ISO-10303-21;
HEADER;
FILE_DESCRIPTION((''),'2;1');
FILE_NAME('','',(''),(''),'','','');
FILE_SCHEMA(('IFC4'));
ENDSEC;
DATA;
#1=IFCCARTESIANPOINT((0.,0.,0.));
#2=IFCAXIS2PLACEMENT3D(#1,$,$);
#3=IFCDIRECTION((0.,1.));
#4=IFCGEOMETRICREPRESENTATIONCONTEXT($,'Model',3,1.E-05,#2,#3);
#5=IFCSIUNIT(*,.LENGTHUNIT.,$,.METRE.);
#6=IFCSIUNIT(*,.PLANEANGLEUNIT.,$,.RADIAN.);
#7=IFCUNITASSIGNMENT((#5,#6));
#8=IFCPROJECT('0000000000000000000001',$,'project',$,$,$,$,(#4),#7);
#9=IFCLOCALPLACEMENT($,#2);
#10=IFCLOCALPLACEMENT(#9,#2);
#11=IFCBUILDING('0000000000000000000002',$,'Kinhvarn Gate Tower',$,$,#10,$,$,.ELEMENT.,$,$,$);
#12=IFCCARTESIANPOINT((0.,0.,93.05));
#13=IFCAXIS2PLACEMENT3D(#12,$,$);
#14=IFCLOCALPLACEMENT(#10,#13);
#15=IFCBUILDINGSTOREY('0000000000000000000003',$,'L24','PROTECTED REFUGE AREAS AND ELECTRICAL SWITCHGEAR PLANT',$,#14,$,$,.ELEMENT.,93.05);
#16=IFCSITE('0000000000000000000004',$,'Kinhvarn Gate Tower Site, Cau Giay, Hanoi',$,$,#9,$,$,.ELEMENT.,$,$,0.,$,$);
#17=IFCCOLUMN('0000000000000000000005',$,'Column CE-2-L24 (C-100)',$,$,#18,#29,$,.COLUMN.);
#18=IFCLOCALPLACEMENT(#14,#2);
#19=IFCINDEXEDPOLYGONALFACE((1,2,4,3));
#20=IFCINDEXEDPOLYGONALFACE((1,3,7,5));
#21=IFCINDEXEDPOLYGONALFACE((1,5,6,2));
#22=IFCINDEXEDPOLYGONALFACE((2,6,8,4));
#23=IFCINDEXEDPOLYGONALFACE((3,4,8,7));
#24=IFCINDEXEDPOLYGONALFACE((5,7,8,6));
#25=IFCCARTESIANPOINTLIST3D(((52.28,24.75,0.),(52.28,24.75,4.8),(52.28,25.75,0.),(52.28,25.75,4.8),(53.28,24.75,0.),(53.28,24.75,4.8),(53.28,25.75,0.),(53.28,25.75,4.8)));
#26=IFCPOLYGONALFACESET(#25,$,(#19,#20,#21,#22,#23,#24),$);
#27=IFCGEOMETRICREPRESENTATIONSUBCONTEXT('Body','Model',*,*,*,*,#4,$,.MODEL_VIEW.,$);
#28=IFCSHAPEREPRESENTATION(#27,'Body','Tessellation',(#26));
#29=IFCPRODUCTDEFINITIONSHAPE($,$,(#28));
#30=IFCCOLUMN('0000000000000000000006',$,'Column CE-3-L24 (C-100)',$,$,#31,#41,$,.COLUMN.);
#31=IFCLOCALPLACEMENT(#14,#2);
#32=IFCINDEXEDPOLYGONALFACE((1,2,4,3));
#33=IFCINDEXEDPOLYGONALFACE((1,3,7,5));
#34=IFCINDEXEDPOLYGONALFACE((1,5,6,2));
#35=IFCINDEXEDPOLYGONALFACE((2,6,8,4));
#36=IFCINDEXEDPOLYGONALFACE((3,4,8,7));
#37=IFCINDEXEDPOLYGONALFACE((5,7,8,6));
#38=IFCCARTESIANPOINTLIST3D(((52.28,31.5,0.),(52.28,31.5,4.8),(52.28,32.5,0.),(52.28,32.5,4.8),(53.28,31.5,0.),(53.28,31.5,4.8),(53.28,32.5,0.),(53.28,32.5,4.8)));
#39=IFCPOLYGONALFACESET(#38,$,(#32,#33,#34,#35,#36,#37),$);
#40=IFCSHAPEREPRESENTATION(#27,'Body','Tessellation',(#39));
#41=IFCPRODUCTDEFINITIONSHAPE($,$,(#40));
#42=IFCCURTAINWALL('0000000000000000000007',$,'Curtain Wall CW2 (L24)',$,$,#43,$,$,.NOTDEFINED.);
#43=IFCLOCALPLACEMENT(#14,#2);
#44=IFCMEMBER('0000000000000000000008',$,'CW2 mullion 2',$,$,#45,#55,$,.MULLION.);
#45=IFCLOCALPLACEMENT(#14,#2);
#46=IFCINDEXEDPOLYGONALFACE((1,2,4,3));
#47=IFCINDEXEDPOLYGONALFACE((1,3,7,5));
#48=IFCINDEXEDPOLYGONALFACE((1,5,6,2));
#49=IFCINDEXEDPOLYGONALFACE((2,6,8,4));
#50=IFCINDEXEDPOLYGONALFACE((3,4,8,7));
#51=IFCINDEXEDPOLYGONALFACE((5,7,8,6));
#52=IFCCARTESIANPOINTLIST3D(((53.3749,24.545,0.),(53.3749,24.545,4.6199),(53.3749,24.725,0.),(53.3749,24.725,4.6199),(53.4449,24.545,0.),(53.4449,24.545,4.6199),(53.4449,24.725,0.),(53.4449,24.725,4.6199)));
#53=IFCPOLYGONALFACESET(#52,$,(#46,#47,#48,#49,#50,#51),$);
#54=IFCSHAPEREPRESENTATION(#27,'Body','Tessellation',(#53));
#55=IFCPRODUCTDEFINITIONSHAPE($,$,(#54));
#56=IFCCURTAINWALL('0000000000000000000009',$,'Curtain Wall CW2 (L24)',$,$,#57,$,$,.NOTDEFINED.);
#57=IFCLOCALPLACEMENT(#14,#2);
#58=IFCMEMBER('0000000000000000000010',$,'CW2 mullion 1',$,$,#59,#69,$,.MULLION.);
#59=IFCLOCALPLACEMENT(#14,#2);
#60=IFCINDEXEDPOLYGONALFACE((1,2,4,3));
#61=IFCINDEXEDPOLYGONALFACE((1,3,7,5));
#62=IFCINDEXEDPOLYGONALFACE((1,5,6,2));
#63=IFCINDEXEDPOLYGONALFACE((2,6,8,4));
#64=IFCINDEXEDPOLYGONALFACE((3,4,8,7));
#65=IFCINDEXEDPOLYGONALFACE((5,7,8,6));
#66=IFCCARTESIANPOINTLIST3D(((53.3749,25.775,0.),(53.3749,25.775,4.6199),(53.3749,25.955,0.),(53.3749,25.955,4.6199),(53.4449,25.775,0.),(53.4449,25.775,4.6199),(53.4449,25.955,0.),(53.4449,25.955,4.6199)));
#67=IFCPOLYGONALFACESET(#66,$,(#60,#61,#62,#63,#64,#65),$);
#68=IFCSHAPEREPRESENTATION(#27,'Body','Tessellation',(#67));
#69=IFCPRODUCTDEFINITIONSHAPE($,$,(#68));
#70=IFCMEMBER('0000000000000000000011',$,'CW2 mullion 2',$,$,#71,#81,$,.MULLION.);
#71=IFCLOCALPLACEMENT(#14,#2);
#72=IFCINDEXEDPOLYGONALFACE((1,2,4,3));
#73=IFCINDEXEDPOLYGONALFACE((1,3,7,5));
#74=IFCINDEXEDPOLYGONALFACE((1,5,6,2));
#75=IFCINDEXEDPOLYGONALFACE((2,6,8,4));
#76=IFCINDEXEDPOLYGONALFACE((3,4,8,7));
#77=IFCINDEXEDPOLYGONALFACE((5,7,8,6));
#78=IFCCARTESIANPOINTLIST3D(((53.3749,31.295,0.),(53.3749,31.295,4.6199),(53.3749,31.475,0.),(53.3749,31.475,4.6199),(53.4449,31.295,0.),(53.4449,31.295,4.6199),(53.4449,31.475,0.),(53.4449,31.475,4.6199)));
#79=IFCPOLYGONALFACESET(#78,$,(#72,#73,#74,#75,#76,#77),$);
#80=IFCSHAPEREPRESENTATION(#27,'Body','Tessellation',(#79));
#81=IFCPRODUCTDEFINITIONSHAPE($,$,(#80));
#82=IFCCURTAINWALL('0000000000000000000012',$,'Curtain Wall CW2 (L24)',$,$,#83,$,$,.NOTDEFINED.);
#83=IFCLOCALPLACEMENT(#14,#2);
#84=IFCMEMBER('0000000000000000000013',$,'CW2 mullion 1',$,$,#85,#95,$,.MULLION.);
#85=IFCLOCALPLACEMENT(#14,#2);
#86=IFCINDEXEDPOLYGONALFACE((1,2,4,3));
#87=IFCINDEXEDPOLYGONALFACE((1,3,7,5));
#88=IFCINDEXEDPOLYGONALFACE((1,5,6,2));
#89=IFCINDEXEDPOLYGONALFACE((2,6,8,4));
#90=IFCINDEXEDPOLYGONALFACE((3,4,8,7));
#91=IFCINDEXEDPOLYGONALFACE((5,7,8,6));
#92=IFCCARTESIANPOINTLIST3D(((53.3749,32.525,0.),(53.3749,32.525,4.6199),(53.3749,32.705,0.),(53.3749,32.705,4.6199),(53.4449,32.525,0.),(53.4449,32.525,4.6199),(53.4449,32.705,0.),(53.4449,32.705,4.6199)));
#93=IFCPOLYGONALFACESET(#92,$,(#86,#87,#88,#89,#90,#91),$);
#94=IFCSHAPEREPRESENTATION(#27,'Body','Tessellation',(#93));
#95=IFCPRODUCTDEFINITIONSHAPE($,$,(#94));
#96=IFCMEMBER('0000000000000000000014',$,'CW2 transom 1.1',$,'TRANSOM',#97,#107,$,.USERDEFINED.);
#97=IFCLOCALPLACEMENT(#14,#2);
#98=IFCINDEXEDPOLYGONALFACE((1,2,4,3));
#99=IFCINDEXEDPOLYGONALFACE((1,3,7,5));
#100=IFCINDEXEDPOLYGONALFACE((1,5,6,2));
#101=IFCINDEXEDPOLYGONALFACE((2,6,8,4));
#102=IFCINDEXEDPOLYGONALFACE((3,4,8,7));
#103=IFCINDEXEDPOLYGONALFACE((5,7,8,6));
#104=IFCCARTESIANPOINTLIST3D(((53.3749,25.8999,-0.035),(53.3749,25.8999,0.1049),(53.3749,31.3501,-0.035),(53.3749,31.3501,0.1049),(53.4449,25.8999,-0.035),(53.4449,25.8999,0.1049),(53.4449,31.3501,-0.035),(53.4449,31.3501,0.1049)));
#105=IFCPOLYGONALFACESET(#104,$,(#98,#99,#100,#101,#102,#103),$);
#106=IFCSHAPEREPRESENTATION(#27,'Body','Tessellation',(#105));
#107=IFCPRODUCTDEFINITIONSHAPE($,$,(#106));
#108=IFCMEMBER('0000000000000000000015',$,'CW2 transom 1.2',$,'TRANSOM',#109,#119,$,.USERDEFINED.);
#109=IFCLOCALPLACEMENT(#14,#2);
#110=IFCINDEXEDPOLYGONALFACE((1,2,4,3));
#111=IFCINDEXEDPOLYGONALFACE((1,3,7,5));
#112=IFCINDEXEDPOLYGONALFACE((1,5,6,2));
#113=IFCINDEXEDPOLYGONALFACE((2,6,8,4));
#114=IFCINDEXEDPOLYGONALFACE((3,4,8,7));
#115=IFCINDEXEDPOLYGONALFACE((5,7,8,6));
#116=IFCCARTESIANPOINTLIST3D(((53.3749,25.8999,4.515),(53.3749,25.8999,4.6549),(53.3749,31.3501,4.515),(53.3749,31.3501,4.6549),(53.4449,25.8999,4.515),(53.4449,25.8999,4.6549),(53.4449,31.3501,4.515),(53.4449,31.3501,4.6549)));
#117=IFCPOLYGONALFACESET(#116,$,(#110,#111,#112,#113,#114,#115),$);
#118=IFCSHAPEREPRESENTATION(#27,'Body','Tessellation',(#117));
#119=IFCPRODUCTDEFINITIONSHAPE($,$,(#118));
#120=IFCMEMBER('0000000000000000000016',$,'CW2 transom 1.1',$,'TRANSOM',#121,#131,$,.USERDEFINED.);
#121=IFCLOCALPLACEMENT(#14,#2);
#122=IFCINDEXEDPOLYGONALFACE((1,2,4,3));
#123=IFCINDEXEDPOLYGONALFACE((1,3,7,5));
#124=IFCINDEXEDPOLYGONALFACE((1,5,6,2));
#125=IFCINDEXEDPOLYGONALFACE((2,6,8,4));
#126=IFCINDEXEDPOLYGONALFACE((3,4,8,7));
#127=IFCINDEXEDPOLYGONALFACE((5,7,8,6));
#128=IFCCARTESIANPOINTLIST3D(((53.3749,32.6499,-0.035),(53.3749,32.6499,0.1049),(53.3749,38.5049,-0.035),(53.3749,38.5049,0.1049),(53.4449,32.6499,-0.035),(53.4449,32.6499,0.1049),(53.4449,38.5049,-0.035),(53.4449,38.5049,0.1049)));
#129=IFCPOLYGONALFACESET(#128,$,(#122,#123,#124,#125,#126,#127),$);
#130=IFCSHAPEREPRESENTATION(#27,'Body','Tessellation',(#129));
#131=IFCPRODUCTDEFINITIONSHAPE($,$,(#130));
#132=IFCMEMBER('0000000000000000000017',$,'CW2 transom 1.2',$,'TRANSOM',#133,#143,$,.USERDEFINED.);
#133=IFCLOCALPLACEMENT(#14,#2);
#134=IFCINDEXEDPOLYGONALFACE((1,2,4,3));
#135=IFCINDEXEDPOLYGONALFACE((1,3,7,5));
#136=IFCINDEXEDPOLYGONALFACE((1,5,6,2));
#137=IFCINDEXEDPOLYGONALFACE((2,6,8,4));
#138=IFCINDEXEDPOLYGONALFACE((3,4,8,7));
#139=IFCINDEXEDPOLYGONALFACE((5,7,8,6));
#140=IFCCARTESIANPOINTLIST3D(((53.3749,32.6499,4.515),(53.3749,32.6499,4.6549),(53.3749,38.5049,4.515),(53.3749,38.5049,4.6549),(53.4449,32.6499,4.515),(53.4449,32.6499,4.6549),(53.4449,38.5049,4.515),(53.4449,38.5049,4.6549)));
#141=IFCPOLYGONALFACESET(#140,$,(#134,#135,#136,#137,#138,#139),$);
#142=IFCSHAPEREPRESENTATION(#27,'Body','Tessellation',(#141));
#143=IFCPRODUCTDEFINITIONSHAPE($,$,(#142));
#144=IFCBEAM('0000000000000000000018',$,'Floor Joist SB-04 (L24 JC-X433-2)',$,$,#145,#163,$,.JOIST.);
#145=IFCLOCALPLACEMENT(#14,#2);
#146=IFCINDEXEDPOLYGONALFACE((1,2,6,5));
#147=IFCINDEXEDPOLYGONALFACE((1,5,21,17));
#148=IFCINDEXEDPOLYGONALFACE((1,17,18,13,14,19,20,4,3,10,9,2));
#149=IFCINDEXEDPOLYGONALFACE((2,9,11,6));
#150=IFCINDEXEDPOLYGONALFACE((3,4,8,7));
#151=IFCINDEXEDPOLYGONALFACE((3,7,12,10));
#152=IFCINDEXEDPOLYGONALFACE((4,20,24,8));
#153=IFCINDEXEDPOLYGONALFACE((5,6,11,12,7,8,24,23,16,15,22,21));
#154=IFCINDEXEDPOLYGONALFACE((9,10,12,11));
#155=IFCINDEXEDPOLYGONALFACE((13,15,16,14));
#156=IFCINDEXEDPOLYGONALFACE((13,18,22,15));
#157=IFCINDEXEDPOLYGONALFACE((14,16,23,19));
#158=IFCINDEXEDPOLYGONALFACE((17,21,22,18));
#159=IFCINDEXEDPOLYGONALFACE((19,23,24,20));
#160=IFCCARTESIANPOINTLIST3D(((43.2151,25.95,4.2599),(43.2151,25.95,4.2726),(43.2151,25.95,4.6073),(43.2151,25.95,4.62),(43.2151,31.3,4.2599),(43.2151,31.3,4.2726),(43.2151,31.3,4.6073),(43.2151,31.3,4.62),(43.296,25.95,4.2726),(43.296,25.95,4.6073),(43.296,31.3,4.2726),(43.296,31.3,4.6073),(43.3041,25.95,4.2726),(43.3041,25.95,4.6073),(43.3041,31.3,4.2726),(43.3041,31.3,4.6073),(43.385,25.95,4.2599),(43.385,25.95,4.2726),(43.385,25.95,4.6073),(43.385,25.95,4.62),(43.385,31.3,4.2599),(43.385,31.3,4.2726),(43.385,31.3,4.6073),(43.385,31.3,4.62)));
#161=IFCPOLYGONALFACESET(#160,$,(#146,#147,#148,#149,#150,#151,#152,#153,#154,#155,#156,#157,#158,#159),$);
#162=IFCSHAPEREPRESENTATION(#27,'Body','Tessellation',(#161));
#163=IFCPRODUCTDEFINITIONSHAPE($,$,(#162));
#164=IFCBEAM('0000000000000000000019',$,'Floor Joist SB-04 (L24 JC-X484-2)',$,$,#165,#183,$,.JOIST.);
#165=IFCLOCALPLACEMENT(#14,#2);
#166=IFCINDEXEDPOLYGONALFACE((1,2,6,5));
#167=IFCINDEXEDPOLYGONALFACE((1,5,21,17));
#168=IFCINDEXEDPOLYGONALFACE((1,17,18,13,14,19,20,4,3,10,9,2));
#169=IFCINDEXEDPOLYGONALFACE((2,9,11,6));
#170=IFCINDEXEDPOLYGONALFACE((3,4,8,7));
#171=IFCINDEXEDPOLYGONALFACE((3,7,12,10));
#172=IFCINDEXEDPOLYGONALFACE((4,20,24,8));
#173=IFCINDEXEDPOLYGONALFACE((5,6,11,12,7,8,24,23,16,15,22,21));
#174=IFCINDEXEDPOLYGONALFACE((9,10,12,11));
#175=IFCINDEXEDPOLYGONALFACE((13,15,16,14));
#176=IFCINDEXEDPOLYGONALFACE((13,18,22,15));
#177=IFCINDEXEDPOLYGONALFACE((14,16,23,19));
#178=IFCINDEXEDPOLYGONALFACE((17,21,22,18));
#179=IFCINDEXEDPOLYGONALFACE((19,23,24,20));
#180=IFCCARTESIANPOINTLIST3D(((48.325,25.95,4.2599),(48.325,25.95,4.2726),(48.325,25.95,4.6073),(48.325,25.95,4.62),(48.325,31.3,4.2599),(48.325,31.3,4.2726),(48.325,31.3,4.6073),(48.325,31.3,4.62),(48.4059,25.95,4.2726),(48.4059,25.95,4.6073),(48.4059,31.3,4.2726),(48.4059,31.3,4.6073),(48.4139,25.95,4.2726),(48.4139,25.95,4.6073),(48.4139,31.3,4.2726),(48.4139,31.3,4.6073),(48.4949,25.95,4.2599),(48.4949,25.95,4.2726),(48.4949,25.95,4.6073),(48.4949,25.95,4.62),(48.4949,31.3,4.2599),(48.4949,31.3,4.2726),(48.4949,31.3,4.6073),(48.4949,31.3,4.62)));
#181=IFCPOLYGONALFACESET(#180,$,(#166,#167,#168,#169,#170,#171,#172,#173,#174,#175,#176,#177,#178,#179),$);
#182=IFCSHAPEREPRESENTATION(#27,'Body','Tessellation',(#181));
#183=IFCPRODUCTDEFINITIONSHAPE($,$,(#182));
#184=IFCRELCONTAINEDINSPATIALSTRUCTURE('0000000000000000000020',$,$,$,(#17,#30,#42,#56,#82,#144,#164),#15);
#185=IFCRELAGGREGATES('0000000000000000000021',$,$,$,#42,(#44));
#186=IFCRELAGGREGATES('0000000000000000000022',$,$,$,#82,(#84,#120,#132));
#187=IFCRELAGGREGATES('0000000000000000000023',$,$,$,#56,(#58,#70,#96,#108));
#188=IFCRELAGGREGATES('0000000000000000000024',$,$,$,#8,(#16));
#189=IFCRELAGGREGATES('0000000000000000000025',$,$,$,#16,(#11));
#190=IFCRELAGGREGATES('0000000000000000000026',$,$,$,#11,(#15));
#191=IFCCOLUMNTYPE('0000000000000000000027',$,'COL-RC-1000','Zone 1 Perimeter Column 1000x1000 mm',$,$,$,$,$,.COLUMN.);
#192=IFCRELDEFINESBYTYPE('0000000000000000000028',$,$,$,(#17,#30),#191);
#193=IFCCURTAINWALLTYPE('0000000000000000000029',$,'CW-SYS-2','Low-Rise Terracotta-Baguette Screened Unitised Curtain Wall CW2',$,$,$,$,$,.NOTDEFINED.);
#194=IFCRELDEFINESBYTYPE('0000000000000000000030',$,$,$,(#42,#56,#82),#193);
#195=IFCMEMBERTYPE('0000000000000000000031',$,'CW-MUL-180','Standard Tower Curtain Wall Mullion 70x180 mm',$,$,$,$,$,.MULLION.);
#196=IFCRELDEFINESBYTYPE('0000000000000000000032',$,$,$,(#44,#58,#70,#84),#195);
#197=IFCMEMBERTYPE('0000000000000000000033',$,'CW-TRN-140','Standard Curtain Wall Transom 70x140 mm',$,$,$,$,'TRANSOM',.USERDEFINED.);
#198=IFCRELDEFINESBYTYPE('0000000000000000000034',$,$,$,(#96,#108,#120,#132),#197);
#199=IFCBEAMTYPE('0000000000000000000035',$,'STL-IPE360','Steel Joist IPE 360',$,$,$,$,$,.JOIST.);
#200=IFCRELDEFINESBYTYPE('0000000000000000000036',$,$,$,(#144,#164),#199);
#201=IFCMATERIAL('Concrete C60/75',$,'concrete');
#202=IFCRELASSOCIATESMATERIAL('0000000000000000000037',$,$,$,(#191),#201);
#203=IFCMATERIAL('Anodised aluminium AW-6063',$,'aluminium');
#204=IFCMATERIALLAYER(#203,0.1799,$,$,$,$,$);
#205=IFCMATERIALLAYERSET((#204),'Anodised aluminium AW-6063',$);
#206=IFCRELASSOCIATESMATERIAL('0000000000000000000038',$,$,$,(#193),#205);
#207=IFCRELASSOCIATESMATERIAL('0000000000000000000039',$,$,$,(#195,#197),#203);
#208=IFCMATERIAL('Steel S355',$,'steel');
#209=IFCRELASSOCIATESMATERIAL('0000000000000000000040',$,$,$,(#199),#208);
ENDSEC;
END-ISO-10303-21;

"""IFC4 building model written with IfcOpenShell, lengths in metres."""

from ifc_helpers import new_model, si_unit, direction, frame, origin, origin_2d, place, context, subcontext, project, spatial, rectangle, i_section, extrude, material, layer, layer_set, material_profile, profile_set, type_object, element, aggregate, save


model = new_model("IFC4")

# Units and contexts
model_context = context("Model", 3, precision=1e-05, world=origin(), true_north=direction((0.0, 1.0)))
body_context = subcontext(model_context, "Body", "Model", "MODEL_VIEW")
ifc_project = project(units=[si_unit("LENGTHUNIT", "METRE"), si_unit("PLANEANGLEUNIT", "RADIAN")], contexts=[model_context])

# Site, building, storey
site_placement = place(None, origin())
site = spatial("IfcSite", under=ifc_project, at=site_placement, Name="Kinhvarn Gate Tower Site, Cau Giay, Hanoi", CompositionType="ELEMENT", RefElevation=0.0)
building_placement = place(site_placement, origin())
building = spatial("IfcBuilding", under=site, at=building_placement, Name="Kinhvarn Gate Tower", CompositionType="ELEMENT")
storey_placement = place(building_placement, frame((0.0, 0.0, 93.05)))
storey = spatial("IfcBuildingStorey", under=building, at=storey_placement, Name="L24", Description="PROTECTED REFUGE AREAS AND ELECTRICAL SWITCHGEAR PLANT", CompositionType="ELEMENT", Elevation=93.05)

# Columns
ifc_material_1 = material(Name="Concrete C60/75", Category="concrete")
ifc_material_profile_1 = material_profile(ifc_material_1, rectangle(XDim=1.0, YDim=1.0, at=origin_2d()), Name="RC 1000x1000")
ifc_profile_set_1 = profile_set([ifc_material_profile_1], Name="Concrete C60/75")
column_type = type_object("IfcColumnType", Name="COL-RC-1000", Description="Zone 1 Perimeter Column 1000x1000 mm", PredefinedType="COLUMN", material=ifc_profile_set_1)
for number, where, z_axis, x_axis, name in (
    (1, (52.78, 25.25, 0.0), (0.0, 0.0, 1.0), (1.0, 0.0, 0.0), "Column CE-2-L24 (C-100)"),
    (2, (52.78, 32.0, 0.0), (0.0, 0.0, 1.0), (1.0, 0.0, 0.0), "Column CE-3-L24 (C-100)"),
):
    element("IfcColumn", number, at=place(storey_placement, frame(where, z_axis=z_axis, x_axis=x_axis)), inside=storey, type_object=column_type, Name=name, PredefinedType="COLUMN", context=body_context, shape_type="SweptSolid", body=[
        extrude(rectangle(XDim=1.0, YDim=1.0, at=origin_2d()), origin(), (0.0, 0.0, 1.0), 4.8),
    ])

# Curtain wall, member
ifc_material_2 = material(Name="Anodised aluminium AW-6063", Category="aluminium")
ifc_layer_1 = layer(ifc_material_2, 0.1799)
ifc_layer_set_1 = layer_set([ifc_layer_1], Name="Anodised aluminium AW-6063")
curtain_wall_type = type_object("IfcCurtainWallType", Name="CW-SYS-2", Description="Low-Rise Terracotta-Baguette Screened Unitised Curtain Wall CW2", PredefinedType="NOTDEFINED", material=ifc_layer_set_1)
curtain_wall_1_placement = place(storey_placement, origin())
curtain_wall_1 = element("IfcCurtainWall", 3, at=curtain_wall_1_placement, inside=storey, type_object=curtain_wall_type, Name="Curtain Wall CW2 (L24)", PredefinedType="NOTDEFINED")
ifc_material_profile_2 = material_profile(ifc_material_2, rectangle(XDim=0.0701, YDim=0.1799, at=origin_2d()), Name="ALU 70x180")
ifc_profile_set_2 = profile_set([ifc_material_profile_2], Name="Anodised aluminium AW-6063")
member_type_1 = type_object("IfcMemberType", Name="CW-MUL-180", Description="Standard Tower Curtain Wall Mullion 70x180 mm", PredefinedType="MULLION", material=ifc_profile_set_2)
member_1_placement = place(storey_placement, frame((53.4099, 24.635, 0.0), z_axis=(0.0, 0.0, 1.0), x_axis=(-1.0, 0.0, 0.0)))
member_1 = element("IfcMember", 4, at=member_1_placement, type_object=member_type_1, Name="CW2 mullion 2", PredefinedType="MULLION", context=body_context, shape_type="SweptSolid", body=[
    extrude(rectangle(XDim=0.0701, YDim=0.1799, at=origin_2d()), origin(), (0.0, 0.0, 1.0), 4.6199),
])
aggregate(curtain_wall_1, [member_1])

# Curtain wall, members
curtain_wall_2_placement = place(storey_placement, origin())
curtain_wall_2 = element("IfcCurtainWall", 5, at=curtain_wall_2_placement, inside=storey, type_object=curtain_wall_type, Name="Curtain Wall CW2 (L24)", PredefinedType="NOTDEFINED")
member_2_placement = place(storey_placement, frame((53.4099, 25.865, 0.0), z_axis=(0.0, 0.0, 1.0), x_axis=(-1.0, 0.0, 0.0)))
member_2 = element("IfcMember", 6, at=member_2_placement, type_object=member_type_1, Name="CW2 mullion 1", PredefinedType="MULLION", context=body_context, shape_type="SweptSolid", body=[
    extrude(rectangle(XDim=0.0701, YDim=0.1799, at=origin_2d()), origin(), (0.0, 0.0, 1.0), 4.6199),
])
member_3_placement = place(storey_placement, frame((53.4099, 31.385, 0.0), z_axis=(0.0, 0.0, 1.0), x_axis=(-1.0, 0.0, 0.0)))
member_3 = element("IfcMember", 7, at=member_3_placement, type_object=member_type_1, Name="CW2 mullion 2", PredefinedType="MULLION", context=body_context, shape_type="SweptSolid", body=[
    extrude(rectangle(XDim=0.0701, YDim=0.1799, at=origin_2d()), origin(), (0.0, 0.0, 1.0), 4.6199),
])

# Curtain wall, member
curtain_wall_3_placement = place(storey_placement, origin())
curtain_wall_3 = element("IfcCurtainWall", 8, at=curtain_wall_3_placement, inside=storey, type_object=curtain_wall_type, Name="Curtain Wall CW2 (L24)", PredefinedType="NOTDEFINED")
member_4_placement = place(storey_placement, frame((53.4099, 32.615, 0.0), z_axis=(0.0, 0.0, 1.0), x_axis=(-1.0, 0.0, 0.0)))
member_4 = element("IfcMember", 9, at=member_4_placement, type_object=member_type_1, Name="CW2 mullion 1", PredefinedType="MULLION", context=body_context, shape_type="SweptSolid", body=[
    extrude(rectangle(XDim=0.0701, YDim=0.1799, at=origin_2d()), origin(), (0.0, 0.0, 1.0), 4.6199),
])

# Members
ifc_material_profile_3 = material_profile(ifc_material_2, rectangle(XDim=0.0701, YDim=0.1399, at=origin_2d()), Name="ALU 70x140")
ifc_profile_set_3 = profile_set([ifc_material_profile_3], Name="Anodised aluminium AW-6063")
member_type_2 = type_object("IfcMemberType", Name="CW-TRN-140", Description="Standard Curtain Wall Transom 70x140 mm", ElementType="TRANSOM", PredefinedType="USERDEFINED", material=ifc_profile_set_3)
member_5_placement = place(storey_placement, frame((53.4099, 25.8999, 0.0349), z_axis=(0.0, 1.0, 0.0), x_axis=(-1.0, 0.0, 0.0)))
member_5 = element("IfcMember", 10, at=member_5_placement, type_object=member_type_2, Name="CW2 transom 1.1", ObjectType="TRANSOM", PredefinedType="USERDEFINED", context=body_context, shape_type="SweptSolid", body=[
    extrude(rectangle(XDim=0.0701, YDim=0.1399, at=origin_2d()), origin(), (0.0, 0.0, 1.0), 5.4502),
])
member_6_placement = place(storey_placement, frame((53.4099, 25.8999, 4.585), z_axis=(0.0, 1.0, 0.0), x_axis=(-1.0, 0.0, 0.0)))
member_6 = element("IfcMember", 11, at=member_6_placement, type_object=member_type_2, Name="CW2 transom 1.2", ObjectType="TRANSOM", PredefinedType="USERDEFINED", context=body_context, shape_type="SweptSolid", body=[
    extrude(rectangle(XDim=0.0701, YDim=0.1399, at=origin_2d()), origin(), (0.0, 0.0, 1.0), 5.4502),
])
member_7_placement = place(storey_placement, frame((53.4099, 32.6499, 0.0349), z_axis=(0.0, 1.0, 0.0), x_axis=(-1.0, 0.0, 0.0)))
member_7 = element("IfcMember", 12, at=member_7_placement, type_object=member_type_2, Name="CW2 transom 1.1", ObjectType="TRANSOM", PredefinedType="USERDEFINED", context=body_context, shape_type="SweptSolid", body=[
    extrude(rectangle(XDim=0.0701, YDim=0.1399, at=origin_2d()), origin(), (0.0, 0.0, 1.0), 5.855),
])
member_8_placement = place(storey_placement, frame((53.4099, 32.6499, 4.585), z_axis=(0.0, 1.0, 0.0), x_axis=(-1.0, 0.0, 0.0)))
member_8 = element("IfcMember", 13, at=member_8_placement, type_object=member_type_2, Name="CW2 transom 1.2", ObjectType="TRANSOM", PredefinedType="USERDEFINED", context=body_context, shape_type="SweptSolid", body=[
    extrude(rectangle(XDim=0.0701, YDim=0.1399, at=origin_2d()), origin(), (0.0, 0.0, 1.0), 5.855),
])
aggregate(curtain_wall_3, [member_4, member_7, member_8])

# Beams
ifc_material_3 = material(Name="Steel S355", Category="steel")
ifc_material_profile_4 = material_profile(ifc_material_3, i_section(OverallWidth=0.1699, OverallDepth=0.3601, WebThickness=0.0081, FlangeThickness=0.0127, at=origin_2d()), Name="IPE 360")
ifc_profile_set_4 = profile_set([ifc_material_profile_4], Name="Steel S355")
beam_type_1 = type_object("IfcBeamType", Name="STL-IPE360", Description="Steel Joist IPE 360", PredefinedType="JOIST", material=ifc_profile_set_4)
for number, where, z_axis, x_axis, name in (
    (14, (43.3, 25.95, 4.4399), (0.0, 1.0, 0.0), (-1.0, 0.0, 0.0), "Floor Joist SB-04 (L24 JC-X433-2)"),
    (15, (48.4099, 25.95, 4.4399), (0.0, 1.0, 0.0), (-1.0, 0.0, 0.0), "Floor Joist SB-04 (L24 JC-X484-2)"),
):
    element("IfcBeam", number, at=place(storey_placement, frame(where, z_axis=z_axis, x_axis=x_axis)), inside=storey, type_object=beam_type_1, Name=name, PredefinedType="JOIST", context=body_context, shape_type="SweptSolid", body=[
        extrude(i_section(OverallWidth=0.1699, OverallDepth=0.3601, WebThickness=0.0081, FlangeThickness=0.0127, at=origin_2d()), origin(), (0.0, 0.0, 1.0), 5.3501),
    ])

aggregate(curtain_wall_2, [member_2, member_3, member_5, member_6])

save(model, "model.ifc")
